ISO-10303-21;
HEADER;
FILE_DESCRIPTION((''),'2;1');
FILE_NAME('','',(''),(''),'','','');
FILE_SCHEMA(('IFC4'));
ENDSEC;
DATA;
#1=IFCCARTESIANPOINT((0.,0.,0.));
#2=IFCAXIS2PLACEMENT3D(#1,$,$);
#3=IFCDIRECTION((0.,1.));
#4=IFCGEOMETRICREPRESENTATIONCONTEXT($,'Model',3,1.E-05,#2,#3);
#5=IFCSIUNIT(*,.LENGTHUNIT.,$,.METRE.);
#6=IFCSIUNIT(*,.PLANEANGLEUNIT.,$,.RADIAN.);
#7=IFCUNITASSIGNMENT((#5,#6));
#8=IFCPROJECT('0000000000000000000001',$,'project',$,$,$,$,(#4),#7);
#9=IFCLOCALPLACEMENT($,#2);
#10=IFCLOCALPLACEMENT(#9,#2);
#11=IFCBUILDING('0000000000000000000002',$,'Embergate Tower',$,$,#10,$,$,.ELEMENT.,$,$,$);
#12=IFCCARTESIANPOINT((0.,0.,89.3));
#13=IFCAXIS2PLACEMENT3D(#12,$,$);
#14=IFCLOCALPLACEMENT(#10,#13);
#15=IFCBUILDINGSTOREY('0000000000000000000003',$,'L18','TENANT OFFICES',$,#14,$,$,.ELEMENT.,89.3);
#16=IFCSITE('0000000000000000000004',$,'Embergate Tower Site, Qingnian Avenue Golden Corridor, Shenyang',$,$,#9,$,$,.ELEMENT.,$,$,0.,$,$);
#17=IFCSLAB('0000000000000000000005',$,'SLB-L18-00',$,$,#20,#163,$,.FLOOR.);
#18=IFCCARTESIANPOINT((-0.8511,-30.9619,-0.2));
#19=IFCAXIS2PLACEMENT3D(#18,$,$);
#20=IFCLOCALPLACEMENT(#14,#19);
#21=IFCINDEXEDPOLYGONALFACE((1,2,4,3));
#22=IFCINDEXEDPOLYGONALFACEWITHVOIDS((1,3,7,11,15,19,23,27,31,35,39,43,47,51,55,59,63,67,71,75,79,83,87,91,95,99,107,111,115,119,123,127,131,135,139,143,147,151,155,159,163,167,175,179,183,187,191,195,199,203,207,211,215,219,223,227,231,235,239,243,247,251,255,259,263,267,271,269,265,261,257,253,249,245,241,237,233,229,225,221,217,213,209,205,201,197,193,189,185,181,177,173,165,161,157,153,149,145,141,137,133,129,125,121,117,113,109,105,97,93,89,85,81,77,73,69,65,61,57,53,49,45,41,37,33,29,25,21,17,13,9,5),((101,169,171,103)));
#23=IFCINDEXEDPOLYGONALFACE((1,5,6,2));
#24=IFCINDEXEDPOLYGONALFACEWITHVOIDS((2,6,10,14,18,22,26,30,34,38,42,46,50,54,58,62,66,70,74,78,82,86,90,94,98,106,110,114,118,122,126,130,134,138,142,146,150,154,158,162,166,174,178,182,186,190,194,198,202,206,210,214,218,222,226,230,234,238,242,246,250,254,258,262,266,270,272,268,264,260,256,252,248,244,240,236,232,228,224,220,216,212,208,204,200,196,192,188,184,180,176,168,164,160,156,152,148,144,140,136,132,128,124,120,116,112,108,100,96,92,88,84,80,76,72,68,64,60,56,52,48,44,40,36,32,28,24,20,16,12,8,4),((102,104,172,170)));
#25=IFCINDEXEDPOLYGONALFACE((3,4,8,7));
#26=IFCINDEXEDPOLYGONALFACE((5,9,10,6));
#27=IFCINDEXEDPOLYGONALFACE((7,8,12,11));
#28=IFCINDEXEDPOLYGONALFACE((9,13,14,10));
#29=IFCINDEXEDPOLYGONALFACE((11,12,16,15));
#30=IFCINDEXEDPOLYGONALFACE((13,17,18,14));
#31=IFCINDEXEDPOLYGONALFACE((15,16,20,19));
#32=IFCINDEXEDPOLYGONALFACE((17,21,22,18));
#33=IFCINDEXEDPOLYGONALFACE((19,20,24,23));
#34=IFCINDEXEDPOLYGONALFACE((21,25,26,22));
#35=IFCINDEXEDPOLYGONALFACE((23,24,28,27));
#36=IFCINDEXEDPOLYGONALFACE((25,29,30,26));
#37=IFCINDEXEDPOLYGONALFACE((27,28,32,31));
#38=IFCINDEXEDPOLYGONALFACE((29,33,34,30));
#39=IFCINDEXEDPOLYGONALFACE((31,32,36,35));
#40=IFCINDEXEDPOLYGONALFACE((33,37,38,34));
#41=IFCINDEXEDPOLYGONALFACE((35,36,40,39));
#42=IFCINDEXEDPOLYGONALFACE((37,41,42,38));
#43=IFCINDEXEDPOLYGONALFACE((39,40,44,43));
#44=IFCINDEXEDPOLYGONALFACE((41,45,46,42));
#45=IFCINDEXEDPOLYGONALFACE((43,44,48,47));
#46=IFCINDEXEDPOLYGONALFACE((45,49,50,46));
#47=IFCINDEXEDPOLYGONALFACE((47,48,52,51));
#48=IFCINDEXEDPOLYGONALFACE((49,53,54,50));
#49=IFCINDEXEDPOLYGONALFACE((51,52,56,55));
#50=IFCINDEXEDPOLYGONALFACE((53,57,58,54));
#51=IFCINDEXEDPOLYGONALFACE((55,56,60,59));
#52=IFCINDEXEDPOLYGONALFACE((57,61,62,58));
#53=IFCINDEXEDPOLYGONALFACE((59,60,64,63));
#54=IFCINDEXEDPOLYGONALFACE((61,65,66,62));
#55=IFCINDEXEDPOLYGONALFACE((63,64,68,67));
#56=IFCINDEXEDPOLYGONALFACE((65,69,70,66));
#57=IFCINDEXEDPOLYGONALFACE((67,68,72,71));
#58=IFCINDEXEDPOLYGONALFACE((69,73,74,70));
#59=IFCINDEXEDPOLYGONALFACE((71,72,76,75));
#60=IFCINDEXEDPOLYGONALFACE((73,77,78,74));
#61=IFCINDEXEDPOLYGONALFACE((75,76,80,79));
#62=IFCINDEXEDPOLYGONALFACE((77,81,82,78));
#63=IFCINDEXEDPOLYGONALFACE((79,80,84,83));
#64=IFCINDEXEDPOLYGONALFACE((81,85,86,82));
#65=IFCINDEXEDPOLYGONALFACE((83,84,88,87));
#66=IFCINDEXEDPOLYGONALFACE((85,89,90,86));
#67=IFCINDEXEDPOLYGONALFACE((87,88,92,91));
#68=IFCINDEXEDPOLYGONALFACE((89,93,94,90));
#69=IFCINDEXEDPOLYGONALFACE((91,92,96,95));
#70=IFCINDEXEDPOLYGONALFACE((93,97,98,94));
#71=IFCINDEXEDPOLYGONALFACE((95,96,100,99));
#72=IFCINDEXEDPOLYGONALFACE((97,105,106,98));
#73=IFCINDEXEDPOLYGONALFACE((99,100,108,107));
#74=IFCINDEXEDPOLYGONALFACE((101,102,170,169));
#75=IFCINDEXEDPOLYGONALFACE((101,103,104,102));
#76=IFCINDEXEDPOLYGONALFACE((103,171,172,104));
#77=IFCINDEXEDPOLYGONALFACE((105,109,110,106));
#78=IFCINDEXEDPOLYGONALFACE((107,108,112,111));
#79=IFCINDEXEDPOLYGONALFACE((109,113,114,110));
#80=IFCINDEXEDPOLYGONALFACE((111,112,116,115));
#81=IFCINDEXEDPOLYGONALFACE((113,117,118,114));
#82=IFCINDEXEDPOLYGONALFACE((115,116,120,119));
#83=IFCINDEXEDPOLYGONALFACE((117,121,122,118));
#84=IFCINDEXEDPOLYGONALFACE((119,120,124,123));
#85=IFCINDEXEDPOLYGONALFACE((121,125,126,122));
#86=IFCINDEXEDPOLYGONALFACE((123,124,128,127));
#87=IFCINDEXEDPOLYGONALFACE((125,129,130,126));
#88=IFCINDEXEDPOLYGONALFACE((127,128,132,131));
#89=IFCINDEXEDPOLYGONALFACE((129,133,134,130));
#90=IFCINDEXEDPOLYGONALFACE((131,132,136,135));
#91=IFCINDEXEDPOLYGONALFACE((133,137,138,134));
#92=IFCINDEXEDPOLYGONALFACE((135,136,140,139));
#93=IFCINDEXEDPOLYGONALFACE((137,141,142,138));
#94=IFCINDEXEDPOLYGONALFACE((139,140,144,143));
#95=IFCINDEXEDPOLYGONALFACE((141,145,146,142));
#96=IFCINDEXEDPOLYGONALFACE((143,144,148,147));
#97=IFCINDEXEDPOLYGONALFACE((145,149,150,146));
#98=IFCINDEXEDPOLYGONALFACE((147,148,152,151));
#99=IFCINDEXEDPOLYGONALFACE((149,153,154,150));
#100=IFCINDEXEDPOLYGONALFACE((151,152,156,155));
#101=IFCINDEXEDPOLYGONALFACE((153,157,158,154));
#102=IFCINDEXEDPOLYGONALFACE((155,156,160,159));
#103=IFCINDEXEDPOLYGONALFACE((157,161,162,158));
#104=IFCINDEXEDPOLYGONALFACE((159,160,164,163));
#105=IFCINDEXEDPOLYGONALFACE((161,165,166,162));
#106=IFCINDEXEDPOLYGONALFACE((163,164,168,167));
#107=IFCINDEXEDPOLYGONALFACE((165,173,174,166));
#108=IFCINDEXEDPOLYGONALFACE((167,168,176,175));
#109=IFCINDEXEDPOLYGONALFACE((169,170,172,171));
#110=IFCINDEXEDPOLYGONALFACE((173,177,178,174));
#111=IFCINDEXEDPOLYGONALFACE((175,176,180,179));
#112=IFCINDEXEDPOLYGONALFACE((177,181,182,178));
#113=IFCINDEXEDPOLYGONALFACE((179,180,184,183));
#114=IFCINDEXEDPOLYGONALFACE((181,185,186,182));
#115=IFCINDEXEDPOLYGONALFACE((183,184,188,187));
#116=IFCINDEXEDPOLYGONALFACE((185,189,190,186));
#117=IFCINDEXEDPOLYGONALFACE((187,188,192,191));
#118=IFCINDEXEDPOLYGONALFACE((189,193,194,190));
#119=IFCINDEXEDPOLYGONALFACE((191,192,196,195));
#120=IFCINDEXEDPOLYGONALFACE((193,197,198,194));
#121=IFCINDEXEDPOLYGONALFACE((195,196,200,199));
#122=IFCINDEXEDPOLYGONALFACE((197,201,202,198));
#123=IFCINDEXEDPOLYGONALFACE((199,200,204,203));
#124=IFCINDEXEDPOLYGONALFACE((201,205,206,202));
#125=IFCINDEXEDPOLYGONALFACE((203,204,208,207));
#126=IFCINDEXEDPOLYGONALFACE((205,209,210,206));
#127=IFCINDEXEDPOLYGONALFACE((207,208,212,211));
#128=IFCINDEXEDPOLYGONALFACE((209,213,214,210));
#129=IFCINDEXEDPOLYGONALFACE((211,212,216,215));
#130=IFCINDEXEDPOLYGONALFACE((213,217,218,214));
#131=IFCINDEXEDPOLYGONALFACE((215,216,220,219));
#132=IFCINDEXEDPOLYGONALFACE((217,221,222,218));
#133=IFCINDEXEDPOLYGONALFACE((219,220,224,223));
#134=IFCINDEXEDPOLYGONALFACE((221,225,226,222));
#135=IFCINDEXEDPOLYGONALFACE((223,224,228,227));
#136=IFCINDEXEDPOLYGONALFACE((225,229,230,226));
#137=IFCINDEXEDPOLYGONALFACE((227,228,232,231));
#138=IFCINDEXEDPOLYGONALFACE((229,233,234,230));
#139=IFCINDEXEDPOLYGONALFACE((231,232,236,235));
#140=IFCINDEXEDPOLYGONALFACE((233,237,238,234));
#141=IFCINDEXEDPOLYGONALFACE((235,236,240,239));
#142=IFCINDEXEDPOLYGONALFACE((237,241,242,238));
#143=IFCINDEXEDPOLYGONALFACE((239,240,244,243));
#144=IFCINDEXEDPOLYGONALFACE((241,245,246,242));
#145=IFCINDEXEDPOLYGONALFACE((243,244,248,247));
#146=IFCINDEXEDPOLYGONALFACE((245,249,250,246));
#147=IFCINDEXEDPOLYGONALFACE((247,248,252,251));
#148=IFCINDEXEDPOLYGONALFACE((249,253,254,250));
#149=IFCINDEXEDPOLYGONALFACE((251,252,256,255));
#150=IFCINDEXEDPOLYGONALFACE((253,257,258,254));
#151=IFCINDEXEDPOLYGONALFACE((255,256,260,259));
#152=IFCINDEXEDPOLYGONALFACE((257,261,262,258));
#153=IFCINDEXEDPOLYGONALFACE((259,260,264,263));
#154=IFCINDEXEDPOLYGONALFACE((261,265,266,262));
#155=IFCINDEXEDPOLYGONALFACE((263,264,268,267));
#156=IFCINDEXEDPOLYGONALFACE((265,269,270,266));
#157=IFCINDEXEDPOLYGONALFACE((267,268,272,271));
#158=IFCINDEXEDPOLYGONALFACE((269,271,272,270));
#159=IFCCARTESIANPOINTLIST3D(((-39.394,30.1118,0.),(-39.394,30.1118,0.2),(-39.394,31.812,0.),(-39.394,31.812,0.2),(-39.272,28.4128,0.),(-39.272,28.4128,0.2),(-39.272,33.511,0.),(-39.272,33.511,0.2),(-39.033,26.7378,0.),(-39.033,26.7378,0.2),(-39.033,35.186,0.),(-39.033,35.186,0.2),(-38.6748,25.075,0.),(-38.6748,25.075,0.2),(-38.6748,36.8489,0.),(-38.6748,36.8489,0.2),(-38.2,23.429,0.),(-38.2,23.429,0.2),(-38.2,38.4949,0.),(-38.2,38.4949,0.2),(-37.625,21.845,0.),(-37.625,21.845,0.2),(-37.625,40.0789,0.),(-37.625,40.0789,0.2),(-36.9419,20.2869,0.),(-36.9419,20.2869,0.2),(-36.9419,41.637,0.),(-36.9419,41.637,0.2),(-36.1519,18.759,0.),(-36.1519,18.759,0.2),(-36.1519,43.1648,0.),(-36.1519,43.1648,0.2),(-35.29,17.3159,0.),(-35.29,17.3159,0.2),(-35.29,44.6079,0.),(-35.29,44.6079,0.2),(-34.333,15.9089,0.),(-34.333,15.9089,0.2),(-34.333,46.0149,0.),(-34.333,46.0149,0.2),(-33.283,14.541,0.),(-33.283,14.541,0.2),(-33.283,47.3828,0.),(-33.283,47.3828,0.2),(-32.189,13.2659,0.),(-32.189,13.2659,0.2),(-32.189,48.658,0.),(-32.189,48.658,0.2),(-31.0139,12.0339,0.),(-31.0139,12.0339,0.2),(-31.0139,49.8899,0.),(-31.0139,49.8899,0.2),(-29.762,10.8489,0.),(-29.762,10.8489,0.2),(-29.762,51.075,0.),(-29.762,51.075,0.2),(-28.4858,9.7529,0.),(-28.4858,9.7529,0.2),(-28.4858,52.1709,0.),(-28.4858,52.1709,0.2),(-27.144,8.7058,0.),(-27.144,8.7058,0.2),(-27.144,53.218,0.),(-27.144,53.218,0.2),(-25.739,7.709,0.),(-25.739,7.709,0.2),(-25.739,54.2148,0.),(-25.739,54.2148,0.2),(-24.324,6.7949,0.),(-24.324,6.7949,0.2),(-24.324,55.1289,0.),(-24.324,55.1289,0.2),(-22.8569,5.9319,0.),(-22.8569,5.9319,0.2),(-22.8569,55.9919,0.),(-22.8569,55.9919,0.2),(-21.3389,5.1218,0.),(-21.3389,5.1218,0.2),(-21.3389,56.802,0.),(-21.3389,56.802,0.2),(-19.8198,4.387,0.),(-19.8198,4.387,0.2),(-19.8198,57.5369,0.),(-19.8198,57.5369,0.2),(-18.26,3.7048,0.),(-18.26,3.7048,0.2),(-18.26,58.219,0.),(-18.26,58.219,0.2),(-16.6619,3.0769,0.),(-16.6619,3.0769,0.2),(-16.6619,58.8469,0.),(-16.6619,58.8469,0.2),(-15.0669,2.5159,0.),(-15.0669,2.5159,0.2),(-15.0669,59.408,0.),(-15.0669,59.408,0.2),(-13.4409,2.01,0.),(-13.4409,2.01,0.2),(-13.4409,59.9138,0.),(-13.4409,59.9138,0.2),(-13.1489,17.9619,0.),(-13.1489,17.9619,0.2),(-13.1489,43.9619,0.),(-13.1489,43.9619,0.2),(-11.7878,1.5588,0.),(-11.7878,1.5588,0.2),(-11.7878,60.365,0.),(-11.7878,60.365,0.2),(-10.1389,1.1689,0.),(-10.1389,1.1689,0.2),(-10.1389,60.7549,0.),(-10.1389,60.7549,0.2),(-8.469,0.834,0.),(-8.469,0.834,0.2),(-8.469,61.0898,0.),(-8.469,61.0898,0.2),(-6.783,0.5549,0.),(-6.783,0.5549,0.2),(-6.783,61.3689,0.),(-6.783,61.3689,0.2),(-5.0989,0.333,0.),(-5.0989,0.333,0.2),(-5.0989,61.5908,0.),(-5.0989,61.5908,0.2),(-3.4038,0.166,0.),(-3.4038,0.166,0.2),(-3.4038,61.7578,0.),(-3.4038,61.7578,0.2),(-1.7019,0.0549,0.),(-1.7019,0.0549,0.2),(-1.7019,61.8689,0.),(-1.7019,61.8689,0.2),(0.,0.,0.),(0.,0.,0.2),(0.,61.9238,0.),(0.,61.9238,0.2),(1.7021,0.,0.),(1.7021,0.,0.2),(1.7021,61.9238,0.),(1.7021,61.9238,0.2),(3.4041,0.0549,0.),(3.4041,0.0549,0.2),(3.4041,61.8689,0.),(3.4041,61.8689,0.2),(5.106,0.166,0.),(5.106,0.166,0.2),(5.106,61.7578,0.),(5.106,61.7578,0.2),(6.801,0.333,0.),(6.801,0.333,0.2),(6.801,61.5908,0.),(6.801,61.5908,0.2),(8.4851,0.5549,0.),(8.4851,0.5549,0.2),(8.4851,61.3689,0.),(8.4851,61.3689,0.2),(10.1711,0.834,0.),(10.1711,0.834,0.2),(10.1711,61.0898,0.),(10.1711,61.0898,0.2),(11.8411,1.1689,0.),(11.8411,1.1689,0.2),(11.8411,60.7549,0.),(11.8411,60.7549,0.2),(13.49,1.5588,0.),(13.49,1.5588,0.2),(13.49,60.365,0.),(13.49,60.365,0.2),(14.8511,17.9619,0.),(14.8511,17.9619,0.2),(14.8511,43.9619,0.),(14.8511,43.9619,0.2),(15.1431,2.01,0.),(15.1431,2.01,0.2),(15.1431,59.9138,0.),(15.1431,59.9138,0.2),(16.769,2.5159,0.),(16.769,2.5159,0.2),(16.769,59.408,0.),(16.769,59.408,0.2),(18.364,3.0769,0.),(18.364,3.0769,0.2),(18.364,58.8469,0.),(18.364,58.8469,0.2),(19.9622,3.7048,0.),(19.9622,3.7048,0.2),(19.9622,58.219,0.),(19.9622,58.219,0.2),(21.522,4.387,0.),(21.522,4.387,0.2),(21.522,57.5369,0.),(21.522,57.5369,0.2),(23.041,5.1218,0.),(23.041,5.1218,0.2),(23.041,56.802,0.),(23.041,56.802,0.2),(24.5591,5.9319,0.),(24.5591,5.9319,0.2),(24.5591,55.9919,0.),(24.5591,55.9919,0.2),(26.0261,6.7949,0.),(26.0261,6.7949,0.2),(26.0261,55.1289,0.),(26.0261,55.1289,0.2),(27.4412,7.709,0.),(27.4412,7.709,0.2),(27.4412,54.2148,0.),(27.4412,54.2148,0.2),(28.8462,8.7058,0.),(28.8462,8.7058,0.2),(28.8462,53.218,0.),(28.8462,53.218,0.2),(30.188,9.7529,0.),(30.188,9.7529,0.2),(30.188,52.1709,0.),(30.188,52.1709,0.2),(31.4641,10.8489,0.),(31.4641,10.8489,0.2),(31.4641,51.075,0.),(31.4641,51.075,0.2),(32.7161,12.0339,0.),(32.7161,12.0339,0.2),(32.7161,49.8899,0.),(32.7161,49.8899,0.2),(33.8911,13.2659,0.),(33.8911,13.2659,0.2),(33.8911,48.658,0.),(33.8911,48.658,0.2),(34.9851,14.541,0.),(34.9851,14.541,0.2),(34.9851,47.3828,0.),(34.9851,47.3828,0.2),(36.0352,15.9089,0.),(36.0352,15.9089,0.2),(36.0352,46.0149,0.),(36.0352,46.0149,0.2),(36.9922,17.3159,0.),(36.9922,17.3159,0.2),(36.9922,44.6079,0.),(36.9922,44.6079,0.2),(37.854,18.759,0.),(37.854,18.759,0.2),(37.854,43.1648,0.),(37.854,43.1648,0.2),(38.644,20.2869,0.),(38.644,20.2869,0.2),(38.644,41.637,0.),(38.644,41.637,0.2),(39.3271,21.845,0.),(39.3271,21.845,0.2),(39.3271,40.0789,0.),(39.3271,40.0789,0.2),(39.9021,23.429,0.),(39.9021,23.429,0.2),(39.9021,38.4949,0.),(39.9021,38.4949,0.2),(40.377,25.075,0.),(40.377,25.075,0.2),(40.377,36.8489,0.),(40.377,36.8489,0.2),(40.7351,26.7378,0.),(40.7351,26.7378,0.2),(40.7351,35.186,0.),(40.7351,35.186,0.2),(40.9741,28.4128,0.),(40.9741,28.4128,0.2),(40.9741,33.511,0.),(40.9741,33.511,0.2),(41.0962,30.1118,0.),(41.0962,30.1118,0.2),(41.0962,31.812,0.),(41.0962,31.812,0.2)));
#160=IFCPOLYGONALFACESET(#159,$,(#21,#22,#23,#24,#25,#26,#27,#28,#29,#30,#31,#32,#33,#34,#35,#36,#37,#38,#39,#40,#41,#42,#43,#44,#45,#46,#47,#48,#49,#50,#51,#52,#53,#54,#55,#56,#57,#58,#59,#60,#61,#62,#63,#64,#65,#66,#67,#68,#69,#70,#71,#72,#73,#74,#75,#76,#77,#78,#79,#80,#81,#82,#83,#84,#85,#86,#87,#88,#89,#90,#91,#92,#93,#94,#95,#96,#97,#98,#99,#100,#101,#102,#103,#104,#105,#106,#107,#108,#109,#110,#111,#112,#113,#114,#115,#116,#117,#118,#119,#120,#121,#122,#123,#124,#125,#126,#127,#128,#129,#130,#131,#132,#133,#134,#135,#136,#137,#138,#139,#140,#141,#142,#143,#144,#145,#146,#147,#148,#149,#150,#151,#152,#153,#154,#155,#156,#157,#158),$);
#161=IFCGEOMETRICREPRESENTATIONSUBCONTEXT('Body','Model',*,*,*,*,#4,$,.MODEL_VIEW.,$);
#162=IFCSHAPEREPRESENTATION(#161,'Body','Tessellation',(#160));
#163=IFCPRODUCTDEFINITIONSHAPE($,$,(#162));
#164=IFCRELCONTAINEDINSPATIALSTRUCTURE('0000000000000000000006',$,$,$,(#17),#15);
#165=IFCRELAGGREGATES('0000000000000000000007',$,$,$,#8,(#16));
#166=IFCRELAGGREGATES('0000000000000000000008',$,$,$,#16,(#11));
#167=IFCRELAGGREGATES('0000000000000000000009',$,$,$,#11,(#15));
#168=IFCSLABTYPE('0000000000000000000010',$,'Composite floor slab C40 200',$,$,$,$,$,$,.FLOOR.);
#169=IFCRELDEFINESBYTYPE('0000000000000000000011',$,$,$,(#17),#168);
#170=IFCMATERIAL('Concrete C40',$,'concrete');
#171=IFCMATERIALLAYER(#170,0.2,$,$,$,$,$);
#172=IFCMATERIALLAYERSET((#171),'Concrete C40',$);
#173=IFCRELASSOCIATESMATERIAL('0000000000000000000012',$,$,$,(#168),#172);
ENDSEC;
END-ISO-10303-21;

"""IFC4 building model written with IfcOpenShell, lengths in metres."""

from ifc_helpers import new_model, si_unit, direction, frame, origin, place, context, subcontext, project, spatial, polyline, outline, extrude, source, transform, mapped, material, layer, layer_set, type_object, element, save


model = new_model("IFC4")

# Units and contexts
model_context = context("Model", 3, precision=1e-05, world=origin(), true_north=direction((0.0, 1.0)))
body_context = subcontext(model_context, "Body", "Model", "MODEL_VIEW")
ifc_project = project(units=[si_unit("LENGTHUNIT", "METRE"), si_unit("PLANEANGLEUNIT", "RADIAN")], contexts=[model_context])

# Site, building, storey
site_placement = place(None, origin())
site = spatial("IfcSite", under=ifc_project, at=site_placement, Name="Embergate Tower Site, Qingnian Avenue Golden Corridor, Shenyang", CompositionType="ELEMENT", RefElevation=0.0)
building_placement = place(site_placement, origin())
building = spatial("IfcBuilding", under=site, at=building_placement, Name="Embergate Tower", CompositionType="ELEMENT")
storey_placement = place(building_placement, frame((0.0, 0.0, 89.3)))
storey = spatial("IfcBuildingStorey", under=building, at=storey_placement, Name="L18", Description="TENANT OFFICES", CompositionType="ELEMENT", Elevation=89.3)

# Slab
ifc_material_1 = material(Name="Concrete C40", Category="concrete")
ifc_layer_1 = layer(ifc_material_1, 0.2)
ifc_layer_set_1 = layer_set([ifc_layer_1], Name="Concrete C40")
slab_type = type_object("IfcSlabType", Name="Composite floor slab C40 200", PredefinedType="FLOOR", material=ifc_layer_set_1)
shared_shape_1 = source(origin(), body_context, "Body", "SweptSolid", [
    extrude(outline(polyline([(0.0, 0.0), (1.7021, 0.0), (3.4041, 0.0549), (5.106, 0.166), (6.801, 0.333), (8.4851, 0.5549), (10.1711, 0.834), (11.8411, 1.1689), (13.49, 1.5588), (15.1431, 2.01), (16.769, 2.5159), (18.364, 3.0769), (19.9622, 3.7048), (21.522, 4.387), (23.041, 5.1218), (24.5591, 5.9319), (26.0261, 6.7949), (27.4412, 7.709), (28.8462, 8.7058), (30.188, 9.7529), (31.4641, 10.8489), (32.7161, 12.0339), (33.8911, 13.2659), (34.9851, 14.541), (36.0352, 15.9089), (36.9922, 17.3159), (37.854, 18.759), (38.644, 20.2869), (39.3271, 21.845), (39.9021, 23.429), (40.377, 25.075), (40.7351, 26.7378), (40.9741, 28.4128), (41.0962, 30.1118), (41.0962, 31.812), (40.9741, 33.511), (40.7351, 35.186), (40.377, 36.8489), (39.9021, 38.4949), (39.3271, 40.0789), (38.644, 41.637), (37.854, 43.1648), (36.9922, 44.6079), (36.0352, 46.0149), (34.9851, 47.3828), (33.8911, 48.658), (32.7161, 49.8899), (31.4641, 51.075), (30.188, 52.1709), (28.8462, 53.218), (27.4412, 54.2148), (26.0261, 55.1289), (24.5591, 55.9919), (23.041, 56.802), (21.522, 57.5369), (19.9622, 58.219), (18.364, 58.8469), (16.769, 59.408), (15.1431, 59.9138), (13.49, 60.365), (11.8411, 60.7549), (10.1711, 61.0898), (8.4851, 61.3689), (6.801, 61.5908), (5.106, 61.7578), (3.4041, 61.8689), (1.7021, 61.9238), (0.0, 61.9238), (-1.7019, 61.8689), (-3.4038, 61.7578), (-5.0989, 61.5908), (-6.783, 61.3689), (-8.469, 61.0898), (-10.1389, 60.7549), (-11.7878, 60.365), (-13.4409, 59.9138), (-15.0669, 59.408), (-16.6619, 58.8469), (-18.26, 58.219), (-19.8198, 57.5369), (-21.3389, 56.802), (-22.8569, 55.9919), (-24.324, 55.1289), (-25.739, 54.2148), (-27.144, 53.218), (-28.4858, 52.1709), (-29.762, 51.075), (-31.0139, 49.8899), (-32.189, 48.658), (-33.283, 47.3828), (-34.333, 46.0149), (-35.29, 44.6079), (-36.1519, 43.1648), (-36.9419, 41.637), (-37.625, 40.0789), (-38.2, 38.4949), (-38.6748, 36.8489), (-39.033, 35.186), (-39.272, 33.511), (-39.394, 31.812), (-39.394, 30.1118), (-39.272, 28.4128), (-39.033, 26.7378), (-38.6748, 25.075), (-38.2, 23.429), (-37.625, 21.845), (-36.9419, 20.2869), (-36.1519, 18.759), (-35.29, 17.3159), (-34.333, 15.9089), (-33.283, 14.541), (-32.189, 13.2659), (-31.0139, 12.0339), (-29.762, 10.8489), (-28.4858, 9.7529), (-27.144, 8.7058), (-25.739, 7.709), (-24.324, 6.7949), (-22.8569, 5.9319), (-21.3389, 5.1218), (-19.8198, 4.387), (-18.26, 3.7048), (-16.6619, 3.0769), (-15.0669, 2.5159), (-13.4409, 2.01), (-11.7878, 1.5588), (-10.1389, 1.1689), (-8.469, 0.834), (-6.783, 0.5549), (-5.0989, 0.333), (-3.4038, 0.166), (-1.7019, 0.0549), (0.0, 0.0)]), holes=[polyline([(-13.1489, 17.9619), (-13.1489, 43.9619), (14.8511, 43.9619), (14.8511, 17.9619), (-13.1489, 17.9619)])]), origin(), (0.0, 0.0, 1.0), 0.2),
])
slab_placement = place(storey_placement, frame((-0.8511, -30.9619, -0.2)))
element("IfcSlab", 1, at=slab_placement, inside=storey, type_object=slab_type, Name="SLB-L18-00", PredefinedType="FLOOR", context=body_context, shape_type="MappedRepresentation", body=[
    mapped(shared_shape_1, transform((0.0, 0.0, 0.0))),
])

save(model, "model.ifc")
